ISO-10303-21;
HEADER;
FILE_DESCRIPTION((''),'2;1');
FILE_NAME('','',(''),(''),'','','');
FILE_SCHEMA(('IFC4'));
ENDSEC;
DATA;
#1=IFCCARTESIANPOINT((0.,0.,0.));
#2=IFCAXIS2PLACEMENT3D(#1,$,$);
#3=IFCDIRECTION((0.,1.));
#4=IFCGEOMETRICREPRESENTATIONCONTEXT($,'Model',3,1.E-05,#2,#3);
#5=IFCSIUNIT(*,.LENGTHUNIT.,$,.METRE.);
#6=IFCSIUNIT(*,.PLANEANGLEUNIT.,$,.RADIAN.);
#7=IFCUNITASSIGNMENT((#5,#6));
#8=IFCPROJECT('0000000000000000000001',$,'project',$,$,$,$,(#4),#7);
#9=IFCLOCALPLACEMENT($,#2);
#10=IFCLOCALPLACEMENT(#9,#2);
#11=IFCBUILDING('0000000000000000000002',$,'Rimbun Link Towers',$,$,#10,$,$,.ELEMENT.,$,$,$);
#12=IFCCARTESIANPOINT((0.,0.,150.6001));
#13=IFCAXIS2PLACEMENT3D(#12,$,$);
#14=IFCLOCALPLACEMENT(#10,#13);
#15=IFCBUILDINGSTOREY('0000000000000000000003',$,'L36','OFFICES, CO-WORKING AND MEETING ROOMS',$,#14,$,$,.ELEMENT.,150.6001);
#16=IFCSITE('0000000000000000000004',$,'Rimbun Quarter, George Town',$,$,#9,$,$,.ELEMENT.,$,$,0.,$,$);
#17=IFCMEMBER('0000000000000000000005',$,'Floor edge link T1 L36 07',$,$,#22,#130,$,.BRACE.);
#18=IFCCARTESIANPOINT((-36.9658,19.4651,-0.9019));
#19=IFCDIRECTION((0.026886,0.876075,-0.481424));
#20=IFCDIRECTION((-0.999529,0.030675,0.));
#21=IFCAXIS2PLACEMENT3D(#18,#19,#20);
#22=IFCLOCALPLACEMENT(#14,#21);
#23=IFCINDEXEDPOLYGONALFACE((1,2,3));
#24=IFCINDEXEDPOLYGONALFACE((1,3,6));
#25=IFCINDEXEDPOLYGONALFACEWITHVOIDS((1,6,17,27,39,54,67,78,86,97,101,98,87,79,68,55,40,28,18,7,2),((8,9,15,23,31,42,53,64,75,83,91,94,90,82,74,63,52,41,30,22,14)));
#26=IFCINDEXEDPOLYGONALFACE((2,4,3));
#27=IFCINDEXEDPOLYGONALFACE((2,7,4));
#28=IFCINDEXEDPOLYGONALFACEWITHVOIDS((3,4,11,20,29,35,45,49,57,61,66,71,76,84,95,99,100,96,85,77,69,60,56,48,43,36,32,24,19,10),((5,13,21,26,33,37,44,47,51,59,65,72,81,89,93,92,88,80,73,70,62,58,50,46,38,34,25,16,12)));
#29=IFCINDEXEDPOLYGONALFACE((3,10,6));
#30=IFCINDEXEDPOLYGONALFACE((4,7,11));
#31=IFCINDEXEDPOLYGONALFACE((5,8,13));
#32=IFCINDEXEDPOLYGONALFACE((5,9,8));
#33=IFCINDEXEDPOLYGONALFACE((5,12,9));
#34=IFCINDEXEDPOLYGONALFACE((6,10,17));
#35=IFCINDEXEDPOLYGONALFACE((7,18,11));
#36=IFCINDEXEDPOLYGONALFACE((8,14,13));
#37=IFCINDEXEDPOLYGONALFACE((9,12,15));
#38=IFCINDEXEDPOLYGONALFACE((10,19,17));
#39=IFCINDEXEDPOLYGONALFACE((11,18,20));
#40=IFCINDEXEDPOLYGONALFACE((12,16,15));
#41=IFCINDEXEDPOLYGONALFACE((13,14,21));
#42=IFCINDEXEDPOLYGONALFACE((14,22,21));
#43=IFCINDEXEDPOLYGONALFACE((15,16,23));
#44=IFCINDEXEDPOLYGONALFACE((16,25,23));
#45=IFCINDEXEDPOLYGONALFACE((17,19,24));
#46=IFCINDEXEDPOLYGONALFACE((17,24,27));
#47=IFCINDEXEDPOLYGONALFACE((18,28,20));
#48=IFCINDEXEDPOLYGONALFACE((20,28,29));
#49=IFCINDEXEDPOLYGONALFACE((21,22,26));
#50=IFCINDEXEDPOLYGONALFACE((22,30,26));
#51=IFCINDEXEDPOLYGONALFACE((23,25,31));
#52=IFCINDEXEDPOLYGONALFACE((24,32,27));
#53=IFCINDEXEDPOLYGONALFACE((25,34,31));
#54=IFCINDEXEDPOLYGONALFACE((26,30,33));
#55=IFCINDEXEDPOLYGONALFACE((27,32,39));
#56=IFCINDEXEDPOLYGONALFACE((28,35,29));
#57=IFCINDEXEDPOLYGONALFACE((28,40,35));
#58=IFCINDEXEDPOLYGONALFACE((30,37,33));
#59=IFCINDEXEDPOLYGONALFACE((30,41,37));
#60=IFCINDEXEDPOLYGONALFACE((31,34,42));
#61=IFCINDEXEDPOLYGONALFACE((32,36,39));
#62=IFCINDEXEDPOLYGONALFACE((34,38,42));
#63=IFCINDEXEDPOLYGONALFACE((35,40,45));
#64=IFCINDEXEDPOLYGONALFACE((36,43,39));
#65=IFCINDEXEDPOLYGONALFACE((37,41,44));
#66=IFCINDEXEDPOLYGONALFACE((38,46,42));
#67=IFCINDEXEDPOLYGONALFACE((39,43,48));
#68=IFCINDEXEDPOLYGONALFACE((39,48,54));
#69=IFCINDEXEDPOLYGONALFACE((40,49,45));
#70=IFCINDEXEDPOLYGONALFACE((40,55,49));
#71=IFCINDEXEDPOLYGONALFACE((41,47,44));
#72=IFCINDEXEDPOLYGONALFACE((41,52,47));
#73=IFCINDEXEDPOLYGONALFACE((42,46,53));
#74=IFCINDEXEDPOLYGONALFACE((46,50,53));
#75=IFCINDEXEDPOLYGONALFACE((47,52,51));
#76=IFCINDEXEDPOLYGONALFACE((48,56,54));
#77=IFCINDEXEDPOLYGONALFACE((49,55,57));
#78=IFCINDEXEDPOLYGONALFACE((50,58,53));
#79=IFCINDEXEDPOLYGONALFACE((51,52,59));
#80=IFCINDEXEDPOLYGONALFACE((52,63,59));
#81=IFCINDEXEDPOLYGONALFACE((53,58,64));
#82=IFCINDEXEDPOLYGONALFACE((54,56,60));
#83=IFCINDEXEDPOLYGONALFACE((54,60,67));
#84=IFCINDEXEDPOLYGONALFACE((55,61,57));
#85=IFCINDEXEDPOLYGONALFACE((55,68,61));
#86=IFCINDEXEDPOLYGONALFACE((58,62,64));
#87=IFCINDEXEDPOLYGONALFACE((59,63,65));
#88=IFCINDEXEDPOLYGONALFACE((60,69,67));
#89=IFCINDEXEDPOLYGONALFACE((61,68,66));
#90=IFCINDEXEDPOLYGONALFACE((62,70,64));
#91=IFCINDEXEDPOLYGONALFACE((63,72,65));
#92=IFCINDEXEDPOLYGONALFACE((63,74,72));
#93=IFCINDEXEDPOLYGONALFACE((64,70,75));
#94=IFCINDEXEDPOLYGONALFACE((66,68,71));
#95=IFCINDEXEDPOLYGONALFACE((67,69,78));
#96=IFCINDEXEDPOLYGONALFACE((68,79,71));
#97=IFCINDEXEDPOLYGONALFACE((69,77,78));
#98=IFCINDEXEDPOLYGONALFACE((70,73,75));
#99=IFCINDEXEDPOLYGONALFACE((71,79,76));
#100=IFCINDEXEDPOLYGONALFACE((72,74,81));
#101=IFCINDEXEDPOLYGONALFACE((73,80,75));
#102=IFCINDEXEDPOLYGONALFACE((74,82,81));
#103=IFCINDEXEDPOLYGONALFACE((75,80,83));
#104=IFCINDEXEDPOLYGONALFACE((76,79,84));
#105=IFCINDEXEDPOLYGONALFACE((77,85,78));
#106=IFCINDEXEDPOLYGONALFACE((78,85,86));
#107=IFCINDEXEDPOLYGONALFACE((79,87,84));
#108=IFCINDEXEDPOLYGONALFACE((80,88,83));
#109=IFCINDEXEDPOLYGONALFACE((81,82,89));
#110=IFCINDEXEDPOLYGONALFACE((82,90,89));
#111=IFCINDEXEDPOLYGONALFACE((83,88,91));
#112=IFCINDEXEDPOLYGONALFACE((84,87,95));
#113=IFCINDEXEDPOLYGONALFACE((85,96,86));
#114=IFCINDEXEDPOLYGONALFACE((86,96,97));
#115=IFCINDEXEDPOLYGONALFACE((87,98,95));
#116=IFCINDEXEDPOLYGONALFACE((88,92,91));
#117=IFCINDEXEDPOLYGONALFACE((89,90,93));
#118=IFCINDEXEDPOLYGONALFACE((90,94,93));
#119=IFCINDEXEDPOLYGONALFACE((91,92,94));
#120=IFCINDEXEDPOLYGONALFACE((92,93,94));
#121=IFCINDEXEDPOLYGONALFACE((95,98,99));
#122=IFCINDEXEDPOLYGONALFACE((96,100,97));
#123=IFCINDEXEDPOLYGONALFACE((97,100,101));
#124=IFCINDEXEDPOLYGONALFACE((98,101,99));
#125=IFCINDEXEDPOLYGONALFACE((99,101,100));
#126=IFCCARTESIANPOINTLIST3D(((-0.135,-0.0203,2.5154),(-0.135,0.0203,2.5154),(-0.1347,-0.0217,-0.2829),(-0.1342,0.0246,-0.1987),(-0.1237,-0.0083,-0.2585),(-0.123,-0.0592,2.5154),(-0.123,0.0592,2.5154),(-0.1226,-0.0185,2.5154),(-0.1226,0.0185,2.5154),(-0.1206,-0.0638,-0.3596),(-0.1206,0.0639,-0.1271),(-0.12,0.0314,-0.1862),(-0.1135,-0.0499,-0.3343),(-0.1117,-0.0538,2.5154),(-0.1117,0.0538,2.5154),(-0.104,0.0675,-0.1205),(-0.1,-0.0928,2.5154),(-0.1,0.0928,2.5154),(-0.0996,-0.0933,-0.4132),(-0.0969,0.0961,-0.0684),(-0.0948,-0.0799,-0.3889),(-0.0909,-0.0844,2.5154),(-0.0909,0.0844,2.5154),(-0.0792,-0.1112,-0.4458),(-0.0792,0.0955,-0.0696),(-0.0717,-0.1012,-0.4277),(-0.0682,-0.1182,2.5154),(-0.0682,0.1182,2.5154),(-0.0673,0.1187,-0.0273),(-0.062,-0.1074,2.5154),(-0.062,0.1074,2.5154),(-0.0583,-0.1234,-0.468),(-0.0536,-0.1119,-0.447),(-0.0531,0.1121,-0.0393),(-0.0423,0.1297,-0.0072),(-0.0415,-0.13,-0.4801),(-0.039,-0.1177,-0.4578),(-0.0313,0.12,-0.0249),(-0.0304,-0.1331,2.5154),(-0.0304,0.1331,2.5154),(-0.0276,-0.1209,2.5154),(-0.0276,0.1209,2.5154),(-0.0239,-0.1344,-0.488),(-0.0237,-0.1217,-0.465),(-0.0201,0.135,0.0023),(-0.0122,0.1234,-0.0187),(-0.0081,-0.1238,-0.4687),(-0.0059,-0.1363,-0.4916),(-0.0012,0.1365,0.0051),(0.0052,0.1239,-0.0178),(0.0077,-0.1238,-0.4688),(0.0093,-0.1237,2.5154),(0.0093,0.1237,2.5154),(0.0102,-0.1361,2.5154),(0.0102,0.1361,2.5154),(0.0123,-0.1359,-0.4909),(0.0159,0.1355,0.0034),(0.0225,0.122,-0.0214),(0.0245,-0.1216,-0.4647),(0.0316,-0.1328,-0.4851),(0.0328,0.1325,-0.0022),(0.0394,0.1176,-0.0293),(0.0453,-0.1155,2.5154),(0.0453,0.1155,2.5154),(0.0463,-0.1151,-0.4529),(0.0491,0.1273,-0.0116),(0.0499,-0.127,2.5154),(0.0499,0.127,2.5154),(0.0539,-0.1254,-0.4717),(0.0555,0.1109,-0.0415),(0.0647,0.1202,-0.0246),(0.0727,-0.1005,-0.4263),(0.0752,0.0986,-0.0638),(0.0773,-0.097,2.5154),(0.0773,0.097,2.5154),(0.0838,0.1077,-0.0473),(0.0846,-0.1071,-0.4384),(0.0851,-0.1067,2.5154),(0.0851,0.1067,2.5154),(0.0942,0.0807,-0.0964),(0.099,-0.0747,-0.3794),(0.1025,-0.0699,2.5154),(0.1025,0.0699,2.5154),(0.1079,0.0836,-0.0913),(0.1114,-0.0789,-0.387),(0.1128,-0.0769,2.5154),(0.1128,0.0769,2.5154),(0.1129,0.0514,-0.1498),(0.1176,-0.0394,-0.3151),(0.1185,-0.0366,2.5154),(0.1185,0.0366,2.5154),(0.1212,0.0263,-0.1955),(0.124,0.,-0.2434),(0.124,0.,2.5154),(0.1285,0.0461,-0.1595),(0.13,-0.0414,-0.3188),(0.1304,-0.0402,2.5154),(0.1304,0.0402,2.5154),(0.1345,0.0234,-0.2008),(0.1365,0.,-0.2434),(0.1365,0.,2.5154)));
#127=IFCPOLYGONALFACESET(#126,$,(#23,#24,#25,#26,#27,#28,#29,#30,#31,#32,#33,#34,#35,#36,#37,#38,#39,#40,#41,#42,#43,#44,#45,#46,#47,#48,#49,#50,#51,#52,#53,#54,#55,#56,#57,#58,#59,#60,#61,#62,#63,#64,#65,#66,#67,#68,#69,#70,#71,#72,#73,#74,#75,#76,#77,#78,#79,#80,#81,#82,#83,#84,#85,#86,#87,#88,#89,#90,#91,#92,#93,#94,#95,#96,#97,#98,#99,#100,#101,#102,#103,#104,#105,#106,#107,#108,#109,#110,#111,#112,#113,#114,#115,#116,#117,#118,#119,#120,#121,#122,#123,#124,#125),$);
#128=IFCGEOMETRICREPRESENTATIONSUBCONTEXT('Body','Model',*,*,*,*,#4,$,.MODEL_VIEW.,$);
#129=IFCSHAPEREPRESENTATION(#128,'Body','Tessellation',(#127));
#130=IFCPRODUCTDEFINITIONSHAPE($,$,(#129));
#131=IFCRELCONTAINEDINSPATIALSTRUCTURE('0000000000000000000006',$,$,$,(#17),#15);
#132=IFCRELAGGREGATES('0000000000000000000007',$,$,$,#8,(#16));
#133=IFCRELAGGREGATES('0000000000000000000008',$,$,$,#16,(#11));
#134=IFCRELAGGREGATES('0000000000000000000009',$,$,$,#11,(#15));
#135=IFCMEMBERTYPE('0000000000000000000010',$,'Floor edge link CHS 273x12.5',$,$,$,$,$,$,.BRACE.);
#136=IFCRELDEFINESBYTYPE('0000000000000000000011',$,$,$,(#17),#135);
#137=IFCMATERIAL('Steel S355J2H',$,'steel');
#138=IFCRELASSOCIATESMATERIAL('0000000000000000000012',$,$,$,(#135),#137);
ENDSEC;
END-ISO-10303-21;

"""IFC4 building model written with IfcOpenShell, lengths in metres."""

from ifc_helpers import new_model, si_unit, direction, frame, origin, origin_2d, place, context, subcontext, project, spatial, hollow_circle, extrude, clip, halfspace, material, material_profile, profile_set, type_object, element, save


model = new_model("IFC4")

# Units and contexts
model_context = context("Model", 3, precision=1e-05, world=origin(), true_north=direction((0.0, 1.0)))
body_context = subcontext(model_context, "Body", "Model", "MODEL_VIEW")
ifc_project = project(units=[si_unit("LENGTHUNIT", "METRE"), si_unit("PLANEANGLEUNIT", "RADIAN")], contexts=[model_context])

# Site, building, storey
site_placement = place(None, origin())
site = spatial("IfcSite", under=ifc_project, at=site_placement, Name="Rimbun Quarter, George Town", CompositionType="ELEMENT", RefElevation=0.0)
building_placement = place(site_placement, origin())
building = spatial("IfcBuilding", under=site, at=building_placement, Name="Rimbun Link Towers", CompositionType="ELEMENT")
storey_placement = place(building_placement, frame((0.0, 0.0, 150.6001)))
storey = spatial("IfcBuildingStorey", under=building, at=storey_placement, Name="L36", Description="OFFICES, CO-WORKING AND MEETING ROOMS", CompositionType="ELEMENT", Elevation=150.6001)

# Member
ifc_material_1 = material(Name="Steel S355J2H", Category="steel")
ifc_material_profile_1 = material_profile(ifc_material_1, hollow_circle(Radius=0.1365, WallThickness=0.0125, at=origin_2d()), Name="CHS 273x12.5")
ifc_profile_set_1 = profile_set([ifc_material_profile_1], Name="Steel S355J2H")
member_type_1 = type_object("IfcMemberType", Name="Floor edge link CHS 273x12.5", PredefinedType="BRACE", material=ifc_profile_set_1)
for number, where, z_axis, x_axis, name in (
    (1, (-36.9658, 19.4651, -0.9019), (0.026886, 0.876075, -0.481424), (-0.999529, 0.030675, 0.0), "Floor edge link T1 L36 07"),
):
    element("IfcMember", number, at=place(storey_placement, frame(where, z_axis=z_axis, x_axis=x_axis)), inside=storey, type_object=member_type_1, Name=name, PredefinedType="BRACE", context=body_context, shape_type="Clipping", body=[
        clip(extrude(hollow_circle(Radius=0.1365, WallThickness=0.0125, at=origin_2d()), frame((0.0, 0.0, -0.5178)), (0.0, 0.0, 1.0), 3.0332), halfspace(frame((0.0, 0.0, -0.2434), z_axis=(0.0, 0.876488, -0.481424)), False)),
    ])

save(model, "model.ifc")
